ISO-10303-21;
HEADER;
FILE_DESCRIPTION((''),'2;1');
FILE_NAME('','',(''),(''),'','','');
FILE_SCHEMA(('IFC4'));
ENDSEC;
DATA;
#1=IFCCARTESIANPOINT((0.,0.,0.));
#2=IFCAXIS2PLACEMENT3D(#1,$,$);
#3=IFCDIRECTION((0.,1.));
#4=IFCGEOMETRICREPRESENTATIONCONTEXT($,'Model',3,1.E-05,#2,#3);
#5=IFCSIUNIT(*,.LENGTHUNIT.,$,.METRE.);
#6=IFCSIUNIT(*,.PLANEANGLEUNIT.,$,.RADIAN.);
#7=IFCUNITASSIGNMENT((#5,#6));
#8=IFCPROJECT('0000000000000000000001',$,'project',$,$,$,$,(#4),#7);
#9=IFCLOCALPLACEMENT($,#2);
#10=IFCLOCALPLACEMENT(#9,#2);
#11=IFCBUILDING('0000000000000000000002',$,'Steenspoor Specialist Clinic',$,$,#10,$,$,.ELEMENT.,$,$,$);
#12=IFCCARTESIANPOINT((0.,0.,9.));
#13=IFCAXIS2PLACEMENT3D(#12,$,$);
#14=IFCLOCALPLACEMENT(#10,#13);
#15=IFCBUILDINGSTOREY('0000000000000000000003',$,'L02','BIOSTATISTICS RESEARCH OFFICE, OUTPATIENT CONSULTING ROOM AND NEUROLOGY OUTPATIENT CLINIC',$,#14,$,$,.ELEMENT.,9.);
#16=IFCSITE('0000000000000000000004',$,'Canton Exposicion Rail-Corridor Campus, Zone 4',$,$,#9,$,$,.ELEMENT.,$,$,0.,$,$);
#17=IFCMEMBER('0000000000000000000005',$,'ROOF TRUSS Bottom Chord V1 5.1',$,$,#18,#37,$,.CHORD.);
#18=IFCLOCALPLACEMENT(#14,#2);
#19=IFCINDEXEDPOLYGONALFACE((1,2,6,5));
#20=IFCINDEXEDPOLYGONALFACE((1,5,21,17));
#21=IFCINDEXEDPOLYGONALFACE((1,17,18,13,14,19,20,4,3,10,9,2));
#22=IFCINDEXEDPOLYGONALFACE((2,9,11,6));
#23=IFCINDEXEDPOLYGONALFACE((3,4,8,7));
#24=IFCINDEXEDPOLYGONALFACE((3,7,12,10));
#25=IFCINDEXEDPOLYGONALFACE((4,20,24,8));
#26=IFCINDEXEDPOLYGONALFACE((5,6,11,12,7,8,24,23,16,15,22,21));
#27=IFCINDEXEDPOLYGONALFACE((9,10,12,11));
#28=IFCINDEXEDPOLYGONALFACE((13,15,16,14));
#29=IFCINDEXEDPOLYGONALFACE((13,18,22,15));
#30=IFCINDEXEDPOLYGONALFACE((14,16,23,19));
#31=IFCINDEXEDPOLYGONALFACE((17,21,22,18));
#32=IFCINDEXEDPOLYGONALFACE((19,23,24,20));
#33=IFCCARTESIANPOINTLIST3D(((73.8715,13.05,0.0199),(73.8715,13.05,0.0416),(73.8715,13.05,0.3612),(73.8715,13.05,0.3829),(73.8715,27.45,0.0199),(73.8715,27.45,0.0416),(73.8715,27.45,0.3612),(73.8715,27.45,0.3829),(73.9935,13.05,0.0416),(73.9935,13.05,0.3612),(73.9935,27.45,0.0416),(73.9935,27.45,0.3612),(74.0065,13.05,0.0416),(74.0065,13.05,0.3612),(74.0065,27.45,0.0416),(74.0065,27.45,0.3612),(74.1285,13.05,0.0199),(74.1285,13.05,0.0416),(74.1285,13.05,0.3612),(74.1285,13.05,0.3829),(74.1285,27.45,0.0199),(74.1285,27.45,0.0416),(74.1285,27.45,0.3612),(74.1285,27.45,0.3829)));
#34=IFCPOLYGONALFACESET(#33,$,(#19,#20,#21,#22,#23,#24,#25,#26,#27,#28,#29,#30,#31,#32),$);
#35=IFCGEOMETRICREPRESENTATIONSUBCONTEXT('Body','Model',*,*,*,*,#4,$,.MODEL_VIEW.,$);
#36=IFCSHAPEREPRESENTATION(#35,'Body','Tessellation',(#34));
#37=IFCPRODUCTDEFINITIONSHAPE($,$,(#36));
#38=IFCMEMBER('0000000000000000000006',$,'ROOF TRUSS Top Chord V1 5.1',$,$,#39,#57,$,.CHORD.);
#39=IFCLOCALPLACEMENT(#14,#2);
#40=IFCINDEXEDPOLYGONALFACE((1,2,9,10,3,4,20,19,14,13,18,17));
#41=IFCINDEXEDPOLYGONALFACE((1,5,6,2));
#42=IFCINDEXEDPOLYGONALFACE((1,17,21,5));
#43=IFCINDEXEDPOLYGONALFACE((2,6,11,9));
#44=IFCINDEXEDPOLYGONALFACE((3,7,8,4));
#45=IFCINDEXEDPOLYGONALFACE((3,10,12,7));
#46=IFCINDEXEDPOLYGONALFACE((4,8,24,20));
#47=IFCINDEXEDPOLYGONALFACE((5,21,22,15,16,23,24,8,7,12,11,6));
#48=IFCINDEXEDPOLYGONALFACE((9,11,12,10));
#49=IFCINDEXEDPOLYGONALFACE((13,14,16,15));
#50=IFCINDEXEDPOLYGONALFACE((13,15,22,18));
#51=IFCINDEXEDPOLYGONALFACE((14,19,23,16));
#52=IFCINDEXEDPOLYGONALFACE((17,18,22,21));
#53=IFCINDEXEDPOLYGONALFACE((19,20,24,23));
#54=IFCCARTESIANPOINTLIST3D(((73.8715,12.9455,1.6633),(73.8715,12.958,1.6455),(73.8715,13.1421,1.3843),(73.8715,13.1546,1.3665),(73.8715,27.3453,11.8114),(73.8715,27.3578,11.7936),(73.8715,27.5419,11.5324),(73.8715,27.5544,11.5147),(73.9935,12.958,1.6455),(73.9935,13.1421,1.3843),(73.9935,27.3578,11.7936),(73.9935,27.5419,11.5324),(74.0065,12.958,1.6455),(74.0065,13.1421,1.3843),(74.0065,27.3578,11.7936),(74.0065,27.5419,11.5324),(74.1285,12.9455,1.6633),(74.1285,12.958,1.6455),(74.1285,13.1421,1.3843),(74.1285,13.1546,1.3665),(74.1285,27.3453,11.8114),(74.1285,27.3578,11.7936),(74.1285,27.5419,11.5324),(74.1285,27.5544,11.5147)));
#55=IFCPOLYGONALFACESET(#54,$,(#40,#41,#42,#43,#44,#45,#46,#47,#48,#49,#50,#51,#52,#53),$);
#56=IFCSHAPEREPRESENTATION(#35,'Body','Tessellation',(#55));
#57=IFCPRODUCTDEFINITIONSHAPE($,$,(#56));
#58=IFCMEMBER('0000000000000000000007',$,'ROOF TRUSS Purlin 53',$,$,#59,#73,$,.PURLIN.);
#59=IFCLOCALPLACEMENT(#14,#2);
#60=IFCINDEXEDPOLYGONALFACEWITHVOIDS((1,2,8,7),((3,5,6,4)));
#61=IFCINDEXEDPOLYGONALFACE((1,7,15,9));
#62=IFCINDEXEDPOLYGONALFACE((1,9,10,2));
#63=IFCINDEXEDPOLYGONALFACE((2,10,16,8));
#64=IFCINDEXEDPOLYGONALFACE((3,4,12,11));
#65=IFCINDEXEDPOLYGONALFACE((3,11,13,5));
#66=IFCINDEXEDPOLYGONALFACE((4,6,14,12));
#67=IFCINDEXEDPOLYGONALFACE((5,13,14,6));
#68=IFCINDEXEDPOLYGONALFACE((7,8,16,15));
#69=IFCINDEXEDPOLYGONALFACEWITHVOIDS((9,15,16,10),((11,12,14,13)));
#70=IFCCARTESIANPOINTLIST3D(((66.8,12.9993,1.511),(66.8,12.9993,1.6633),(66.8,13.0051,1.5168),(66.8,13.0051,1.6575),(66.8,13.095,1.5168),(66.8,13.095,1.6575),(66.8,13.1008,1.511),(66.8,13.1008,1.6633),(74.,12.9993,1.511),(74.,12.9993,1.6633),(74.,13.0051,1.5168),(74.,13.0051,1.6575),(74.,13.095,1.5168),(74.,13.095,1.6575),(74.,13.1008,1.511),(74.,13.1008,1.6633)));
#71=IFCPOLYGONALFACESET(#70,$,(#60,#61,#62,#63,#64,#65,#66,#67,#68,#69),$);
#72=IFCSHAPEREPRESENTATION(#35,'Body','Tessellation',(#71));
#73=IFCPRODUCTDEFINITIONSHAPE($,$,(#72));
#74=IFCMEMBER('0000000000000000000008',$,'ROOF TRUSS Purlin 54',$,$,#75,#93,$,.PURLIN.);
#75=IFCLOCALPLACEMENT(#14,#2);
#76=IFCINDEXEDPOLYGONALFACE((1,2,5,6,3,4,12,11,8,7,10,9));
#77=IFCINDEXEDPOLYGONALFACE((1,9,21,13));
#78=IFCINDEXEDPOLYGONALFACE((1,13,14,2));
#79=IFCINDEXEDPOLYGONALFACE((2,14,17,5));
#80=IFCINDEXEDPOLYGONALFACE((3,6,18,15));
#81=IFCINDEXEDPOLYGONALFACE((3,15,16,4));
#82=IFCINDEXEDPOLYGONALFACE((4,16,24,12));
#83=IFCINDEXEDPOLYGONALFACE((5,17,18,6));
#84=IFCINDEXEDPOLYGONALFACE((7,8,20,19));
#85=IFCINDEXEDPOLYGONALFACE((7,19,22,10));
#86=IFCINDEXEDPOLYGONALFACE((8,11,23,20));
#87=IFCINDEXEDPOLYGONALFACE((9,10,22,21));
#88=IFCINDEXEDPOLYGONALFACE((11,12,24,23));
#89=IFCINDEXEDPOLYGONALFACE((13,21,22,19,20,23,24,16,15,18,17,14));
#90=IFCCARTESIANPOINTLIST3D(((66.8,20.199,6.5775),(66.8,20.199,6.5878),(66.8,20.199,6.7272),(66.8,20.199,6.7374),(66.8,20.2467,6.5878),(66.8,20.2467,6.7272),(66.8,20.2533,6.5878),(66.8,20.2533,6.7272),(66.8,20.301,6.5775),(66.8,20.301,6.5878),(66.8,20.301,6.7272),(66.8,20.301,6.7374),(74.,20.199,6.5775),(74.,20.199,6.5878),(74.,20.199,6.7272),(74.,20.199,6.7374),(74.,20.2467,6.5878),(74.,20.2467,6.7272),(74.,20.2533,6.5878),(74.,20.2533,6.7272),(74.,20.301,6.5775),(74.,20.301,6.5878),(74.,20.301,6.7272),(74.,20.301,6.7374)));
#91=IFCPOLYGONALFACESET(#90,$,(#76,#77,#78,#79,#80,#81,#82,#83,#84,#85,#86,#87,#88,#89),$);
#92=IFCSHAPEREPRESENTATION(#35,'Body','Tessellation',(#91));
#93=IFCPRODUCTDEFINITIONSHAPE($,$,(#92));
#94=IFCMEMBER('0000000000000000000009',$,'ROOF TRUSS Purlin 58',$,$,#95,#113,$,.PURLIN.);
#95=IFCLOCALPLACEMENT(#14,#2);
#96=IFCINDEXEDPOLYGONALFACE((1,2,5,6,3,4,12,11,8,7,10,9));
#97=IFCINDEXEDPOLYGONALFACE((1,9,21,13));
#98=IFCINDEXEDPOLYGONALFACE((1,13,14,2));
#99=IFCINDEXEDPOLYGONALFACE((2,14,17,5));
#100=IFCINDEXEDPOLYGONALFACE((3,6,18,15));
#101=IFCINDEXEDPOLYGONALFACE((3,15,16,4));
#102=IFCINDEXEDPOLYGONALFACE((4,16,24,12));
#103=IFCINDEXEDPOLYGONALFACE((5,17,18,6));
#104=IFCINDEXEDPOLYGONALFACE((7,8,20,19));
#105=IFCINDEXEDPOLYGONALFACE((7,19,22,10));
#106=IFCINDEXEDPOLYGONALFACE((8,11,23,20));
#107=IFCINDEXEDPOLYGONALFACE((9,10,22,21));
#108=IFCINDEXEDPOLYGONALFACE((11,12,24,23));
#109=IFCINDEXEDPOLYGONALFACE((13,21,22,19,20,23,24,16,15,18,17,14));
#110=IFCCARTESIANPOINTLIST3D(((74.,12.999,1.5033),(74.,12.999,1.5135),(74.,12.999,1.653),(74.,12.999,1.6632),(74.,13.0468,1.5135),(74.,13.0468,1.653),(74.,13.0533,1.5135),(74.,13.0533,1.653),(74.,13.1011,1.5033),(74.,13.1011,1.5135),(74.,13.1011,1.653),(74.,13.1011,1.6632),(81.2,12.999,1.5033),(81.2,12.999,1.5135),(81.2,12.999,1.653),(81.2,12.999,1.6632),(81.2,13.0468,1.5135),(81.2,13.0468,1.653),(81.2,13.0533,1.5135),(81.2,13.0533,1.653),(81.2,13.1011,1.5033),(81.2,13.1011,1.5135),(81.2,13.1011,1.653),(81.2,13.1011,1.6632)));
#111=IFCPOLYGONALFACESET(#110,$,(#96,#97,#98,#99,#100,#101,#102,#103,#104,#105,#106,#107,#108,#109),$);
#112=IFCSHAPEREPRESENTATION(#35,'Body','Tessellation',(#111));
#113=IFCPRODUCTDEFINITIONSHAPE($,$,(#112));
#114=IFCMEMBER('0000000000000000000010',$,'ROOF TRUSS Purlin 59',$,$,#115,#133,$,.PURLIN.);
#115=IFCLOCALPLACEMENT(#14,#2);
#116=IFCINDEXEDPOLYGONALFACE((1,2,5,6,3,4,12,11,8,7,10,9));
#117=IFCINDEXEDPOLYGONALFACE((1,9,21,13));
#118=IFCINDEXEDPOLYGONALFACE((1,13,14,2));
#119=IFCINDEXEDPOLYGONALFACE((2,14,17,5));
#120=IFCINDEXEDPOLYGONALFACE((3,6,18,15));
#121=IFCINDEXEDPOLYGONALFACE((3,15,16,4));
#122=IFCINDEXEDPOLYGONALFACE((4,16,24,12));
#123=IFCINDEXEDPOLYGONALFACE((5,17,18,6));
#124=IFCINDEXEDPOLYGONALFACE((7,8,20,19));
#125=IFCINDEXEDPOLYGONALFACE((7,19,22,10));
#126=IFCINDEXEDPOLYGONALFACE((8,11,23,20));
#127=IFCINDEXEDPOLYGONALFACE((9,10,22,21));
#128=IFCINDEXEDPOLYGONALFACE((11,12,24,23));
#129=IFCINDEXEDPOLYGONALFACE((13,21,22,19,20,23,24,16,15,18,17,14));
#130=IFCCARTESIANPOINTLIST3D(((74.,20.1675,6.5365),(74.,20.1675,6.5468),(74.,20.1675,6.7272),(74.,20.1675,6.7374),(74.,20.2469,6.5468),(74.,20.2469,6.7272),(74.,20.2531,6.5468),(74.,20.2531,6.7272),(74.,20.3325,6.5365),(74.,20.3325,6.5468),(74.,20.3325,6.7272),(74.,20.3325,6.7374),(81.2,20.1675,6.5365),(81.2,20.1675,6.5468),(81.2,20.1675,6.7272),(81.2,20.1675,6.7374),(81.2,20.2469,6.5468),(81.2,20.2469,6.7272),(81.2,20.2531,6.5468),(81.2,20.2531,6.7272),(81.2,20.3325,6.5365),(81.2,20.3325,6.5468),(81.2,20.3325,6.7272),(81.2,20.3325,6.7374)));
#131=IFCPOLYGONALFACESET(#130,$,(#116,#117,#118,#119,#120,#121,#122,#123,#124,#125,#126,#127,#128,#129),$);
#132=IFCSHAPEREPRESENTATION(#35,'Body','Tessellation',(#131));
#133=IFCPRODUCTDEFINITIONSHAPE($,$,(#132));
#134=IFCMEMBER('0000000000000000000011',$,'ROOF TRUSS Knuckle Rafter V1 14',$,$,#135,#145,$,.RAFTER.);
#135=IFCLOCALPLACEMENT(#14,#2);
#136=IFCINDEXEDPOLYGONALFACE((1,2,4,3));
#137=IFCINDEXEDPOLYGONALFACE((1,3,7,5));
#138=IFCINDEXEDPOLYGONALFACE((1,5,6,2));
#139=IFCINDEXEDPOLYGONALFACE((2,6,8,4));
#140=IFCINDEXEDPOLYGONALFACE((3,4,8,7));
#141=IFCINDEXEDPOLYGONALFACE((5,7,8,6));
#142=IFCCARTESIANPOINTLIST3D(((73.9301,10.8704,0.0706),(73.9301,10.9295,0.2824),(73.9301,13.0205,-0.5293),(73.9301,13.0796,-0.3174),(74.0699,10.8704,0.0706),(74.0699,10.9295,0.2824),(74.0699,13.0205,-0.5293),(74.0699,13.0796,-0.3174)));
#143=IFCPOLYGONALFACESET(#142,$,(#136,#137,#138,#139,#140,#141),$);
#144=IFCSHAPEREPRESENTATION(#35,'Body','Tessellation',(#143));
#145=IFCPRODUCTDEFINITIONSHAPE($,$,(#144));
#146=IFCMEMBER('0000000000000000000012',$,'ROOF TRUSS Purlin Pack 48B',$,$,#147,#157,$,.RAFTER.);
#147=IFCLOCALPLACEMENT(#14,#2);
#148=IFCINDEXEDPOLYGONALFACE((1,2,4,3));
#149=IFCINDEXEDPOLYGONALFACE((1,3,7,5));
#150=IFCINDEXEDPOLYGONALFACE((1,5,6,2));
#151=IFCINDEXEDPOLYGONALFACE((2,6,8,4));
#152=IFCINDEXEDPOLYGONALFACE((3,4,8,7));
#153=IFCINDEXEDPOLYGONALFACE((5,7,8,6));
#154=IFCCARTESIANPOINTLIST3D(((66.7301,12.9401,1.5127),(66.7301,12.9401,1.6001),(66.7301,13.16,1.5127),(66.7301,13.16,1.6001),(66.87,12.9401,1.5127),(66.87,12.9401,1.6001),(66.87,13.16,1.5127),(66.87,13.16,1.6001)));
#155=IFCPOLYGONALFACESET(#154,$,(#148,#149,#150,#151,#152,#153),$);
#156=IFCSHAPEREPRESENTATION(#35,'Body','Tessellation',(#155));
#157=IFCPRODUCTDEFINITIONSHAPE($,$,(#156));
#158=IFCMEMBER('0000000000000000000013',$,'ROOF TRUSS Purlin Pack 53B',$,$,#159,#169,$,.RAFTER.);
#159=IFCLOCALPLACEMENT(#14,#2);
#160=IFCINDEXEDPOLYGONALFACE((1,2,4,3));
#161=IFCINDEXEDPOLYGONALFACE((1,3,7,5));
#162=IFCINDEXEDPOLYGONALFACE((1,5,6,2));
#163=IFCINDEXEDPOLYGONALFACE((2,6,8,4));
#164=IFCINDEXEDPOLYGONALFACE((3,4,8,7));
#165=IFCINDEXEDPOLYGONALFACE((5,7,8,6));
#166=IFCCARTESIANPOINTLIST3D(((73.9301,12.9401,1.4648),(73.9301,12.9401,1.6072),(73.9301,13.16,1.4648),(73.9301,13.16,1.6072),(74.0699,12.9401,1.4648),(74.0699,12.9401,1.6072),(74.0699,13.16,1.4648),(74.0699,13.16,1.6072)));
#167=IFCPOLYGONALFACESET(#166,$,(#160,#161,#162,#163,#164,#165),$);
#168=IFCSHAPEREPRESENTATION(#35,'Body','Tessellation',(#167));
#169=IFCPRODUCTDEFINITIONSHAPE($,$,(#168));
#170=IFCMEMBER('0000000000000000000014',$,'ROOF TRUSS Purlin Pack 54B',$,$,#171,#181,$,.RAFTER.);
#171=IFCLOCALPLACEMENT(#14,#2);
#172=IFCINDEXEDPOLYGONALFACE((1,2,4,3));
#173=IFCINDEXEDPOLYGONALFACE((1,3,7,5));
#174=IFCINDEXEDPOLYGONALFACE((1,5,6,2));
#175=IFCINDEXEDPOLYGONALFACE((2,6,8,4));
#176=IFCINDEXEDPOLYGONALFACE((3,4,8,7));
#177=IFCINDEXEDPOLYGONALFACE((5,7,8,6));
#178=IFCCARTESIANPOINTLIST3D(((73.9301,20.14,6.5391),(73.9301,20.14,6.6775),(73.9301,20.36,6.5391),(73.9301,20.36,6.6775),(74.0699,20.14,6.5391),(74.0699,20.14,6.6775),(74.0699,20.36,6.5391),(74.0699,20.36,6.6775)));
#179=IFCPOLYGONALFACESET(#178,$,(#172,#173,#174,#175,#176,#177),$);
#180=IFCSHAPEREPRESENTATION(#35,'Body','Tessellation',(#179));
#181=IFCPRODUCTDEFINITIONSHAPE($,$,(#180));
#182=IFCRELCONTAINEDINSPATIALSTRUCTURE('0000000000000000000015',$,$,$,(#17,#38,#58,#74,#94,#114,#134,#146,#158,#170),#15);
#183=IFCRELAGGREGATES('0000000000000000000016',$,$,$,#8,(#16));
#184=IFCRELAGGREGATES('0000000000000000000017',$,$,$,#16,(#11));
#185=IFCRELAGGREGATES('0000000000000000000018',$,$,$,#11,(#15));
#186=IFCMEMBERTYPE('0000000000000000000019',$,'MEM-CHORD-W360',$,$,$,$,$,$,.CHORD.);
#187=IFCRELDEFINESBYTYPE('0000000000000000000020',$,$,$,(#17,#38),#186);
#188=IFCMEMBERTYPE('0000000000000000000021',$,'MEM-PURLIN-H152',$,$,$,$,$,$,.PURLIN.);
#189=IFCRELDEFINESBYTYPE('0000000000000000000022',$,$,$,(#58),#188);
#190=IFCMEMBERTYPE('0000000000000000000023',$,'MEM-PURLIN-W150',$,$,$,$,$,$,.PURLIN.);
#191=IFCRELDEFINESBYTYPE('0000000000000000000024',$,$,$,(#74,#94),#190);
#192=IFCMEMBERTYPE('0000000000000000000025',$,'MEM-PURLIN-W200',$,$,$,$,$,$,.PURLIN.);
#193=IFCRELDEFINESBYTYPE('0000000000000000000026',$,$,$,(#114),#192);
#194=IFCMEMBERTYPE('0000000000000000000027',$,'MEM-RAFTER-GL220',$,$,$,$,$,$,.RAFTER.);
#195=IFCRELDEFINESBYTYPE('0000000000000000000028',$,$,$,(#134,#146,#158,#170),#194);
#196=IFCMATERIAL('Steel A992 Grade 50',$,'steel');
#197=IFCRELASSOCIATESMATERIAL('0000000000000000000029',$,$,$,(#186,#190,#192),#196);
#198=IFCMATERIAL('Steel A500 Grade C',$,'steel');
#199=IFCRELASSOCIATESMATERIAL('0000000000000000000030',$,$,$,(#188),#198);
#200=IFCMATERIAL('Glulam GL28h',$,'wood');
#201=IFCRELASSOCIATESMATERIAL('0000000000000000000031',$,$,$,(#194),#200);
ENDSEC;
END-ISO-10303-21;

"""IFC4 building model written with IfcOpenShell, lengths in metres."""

from ifc_helpers import new_model, si_unit, direction, frame, origin, origin_2d, place, context, subcontext, project, spatial, rectangle, hollow_rectangle, i_section, extrude, material, material_profile, profile_set, type_object, element, save


model = new_model("IFC4")

# Units and contexts
model_context = context("Model", 3, precision=1e-05, world=origin(), true_north=direction((0.0, 1.0)))
body_context = subcontext(model_context, "Body", "Model", "MODEL_VIEW")
ifc_project = project(units=[si_unit("LENGTHUNIT", "METRE"), si_unit("PLANEANGLEUNIT", "RADIAN")], contexts=[model_context])

# Site, building, storey
site_placement = place(None, origin())
site = spatial("IfcSite", under=ifc_project, at=site_placement, Name="Canton Exposicion Rail-Corridor Campus, Zone 4", CompositionType="ELEMENT", RefElevation=0.0)
building_placement = place(site_placement, origin())
building = spatial("IfcBuilding", under=site, at=building_placement, Name="Steenspoor Specialist Clinic", CompositionType="ELEMENT")
storey_placement = place(building_placement, frame((0.0, 0.0, 9.0)))
storey = spatial("IfcBuildingStorey", under=building, at=storey_placement, Name="L02", Description="BIOSTATISTICS RESEARCH OFFICE, OUTPATIENT CONSULTING ROOM AND NEUROLOGY OUTPATIENT CLINIC", CompositionType="ELEMENT", Elevation=9.0)

# Shared definitions
ifc_material_1 = material(Name="Steel A992 Grade 50", Category="steel")

# Members
ifc_material_2 = material(Name="Steel A500 Grade C", Category="steel")
ifc_material_profile_1 = material_profile(ifc_material_1, i_section(OverallWidth=0.2571, OverallDepth=0.363, WebThickness=0.0129, FlangeThickness=0.0217, at=origin_2d()), Name="W360X122")
ifc_profile_set_1 = profile_set([ifc_material_profile_1], Name="Steel A992 Grade 50")
member_type_1 = type_object("IfcMemberType", Name="MEM-CHORD-W360", PredefinedType="CHORD", material=ifc_profile_set_1)
member_1_placement = place(storey_placement, frame((74.0, 13.05, 0.2014), z_axis=(0.0, 1.0, 0.0), x_axis=(-1.0, 0.0, 0.0)))
element("IfcMember", 1, at=member_1_placement, inside=storey, type_object=member_type_1, Name="ROOF TRUSS Bottom Chord V1 5.1", PredefinedType="CHORD", context=body_context, shape_type="SweptSolid", body=[
    extrude(i_section(OverallWidth=0.2571, OverallDepth=0.363, WebThickness=0.0129, FlangeThickness=0.0217, at=origin_2d()), origin(), (0.0, 0.0, 1.0), 14.3999),
])
member_2_placement = place(storey_placement, frame((74.0, 13.05, 1.5149), z_axis=(0.0, 0.817407, 0.57606), x_axis=(-1.0, 0.0, 0.0)))
element("IfcMember", 2, at=member_2_placement, inside=storey, type_object=member_type_1, Name="ROOF TRUSS Top Chord V1 5.1", PredefinedType="CHORD", context=body_context, shape_type="SweptSolid", body=[
    extrude(i_section(OverallWidth=0.2571, OverallDepth=0.363, WebThickness=0.0129, FlangeThickness=0.0217, at=origin_2d()), origin(), (0.0, 0.0, 1.0), 17.6165),
])
ifc_material_profile_2 = material_profile(ifc_material_2, hollow_rectangle(XDim=0.1016, YDim=0.1523, WallThickness=0.0059, at=origin_2d()), Name="HSS152X102X6.4")
ifc_profile_set_2 = profile_set([ifc_material_profile_2], Name="Steel A500 Grade C")
member_type_2 = type_object("IfcMemberType", Name="MEM-PURLIN-H152", PredefinedType="PURLIN", material=ifc_profile_set_2)
member_3_placement = place(storey_placement, frame((66.8, 13.05, 1.5872), z_axis=(1.0, 0.0, 0.0), x_axis=(0.0, 1.0, 0.0)))
element("IfcMember", 3, at=member_3_placement, inside=storey, type_object=member_type_2, Name="ROOF TRUSS Purlin 53", PredefinedType="PURLIN", context=body_context, shape_type="SweptSolid", body=[
    extrude(hollow_rectangle(XDim=0.1016, YDim=0.1523, WallThickness=0.0059, at=origin_2d()), origin(), (0.0, 0.0, 1.0), 7.2),
])
ifc_material_profile_3 = material_profile(ifc_material_1, i_section(OverallWidth=0.1021, OverallDepth=0.1599, WebThickness=0.0066, FlangeThickness=0.0103, at=origin_2d()), Name="W150X24")
ifc_profile_set_3 = profile_set([ifc_material_profile_3], Name="Steel A992 Grade 50")
member_type_3 = type_object("IfcMemberType", Name="MEM-PURLIN-W150", PredefinedType="PURLIN", material=ifc_profile_set_3)
for number, where, z_axis, x_axis, name in (
    (4, (66.8, 20.25, 6.6575), (1.0, 0.0, 0.0), (0.0, 1.0, 0.0), "ROOF TRUSS Purlin 54"),
    (5, (74.0, 13.05, 1.5833), (1.0, 0.0, 0.0), (0.0, 1.0, 0.0), "ROOF TRUSS Purlin 58"),
):
    element("IfcMember", number, at=place(storey_placement, frame(where, z_axis=z_axis, x_axis=x_axis)), inside=storey, type_object=member_type_3, Name=name, PredefinedType="PURLIN", context=body_context, shape_type="SweptSolid", body=[
        extrude(i_section(OverallWidth=0.1021, OverallDepth=0.1599, WebThickness=0.0066, FlangeThickness=0.0103, at=origin_2d()), origin(), (0.0, 0.0, 1.0), 7.2),
    ])
ifc_material_profile_4 = material_profile(ifc_material_1, i_section(OverallWidth=0.165, OverallDepth=0.2009, WebThickness=0.0061, FlangeThickness=0.0103, at=origin_2d()), Name="W200X36")
ifc_profile_set_4 = profile_set([ifc_material_profile_4], Name="Steel A992 Grade 50")
member_type_4 = type_object("IfcMemberType", Name="MEM-PURLIN-W200", PredefinedType="PURLIN", material=ifc_profile_set_4)
member_4_placement = place(storey_placement, frame((74.0, 20.25, 6.637), z_axis=(1.0, 0.0, 0.0), x_axis=(0.0, 1.0, 0.0)))
element("IfcMember", 6, at=member_4_placement, inside=storey, type_object=member_type_4, Name="ROOF TRUSS Purlin 59", PredefinedType="PURLIN", context=body_context, shape_type="SweptSolid", body=[
    extrude(i_section(OverallWidth=0.165, OverallDepth=0.2009, WebThickness=0.0061, FlangeThickness=0.0103, at=origin_2d()), origin(), (0.0, 0.0, 1.0), 7.2),
])
ifc_material_3 = material(Name="Glulam GL28h", Category="wood")
ifc_material_profile_5 = material_profile(ifc_material_3, rectangle(XDim=0.1399, YDim=0.22, at=origin_2d()), Name="GL28H-140X220")
ifc_profile_set_5 = profile_set([ifc_material_profile_5], Name="Glulam GL28h")
member_type_5 = type_object("IfcMemberType", Name="MEM-RAFTER-GL220", PredefinedType="RAFTER", material=ifc_profile_set_5)
member_5_placement = place(storey_placement, frame((74.0, 13.05, -0.4233), z_axis=(0.0, -0.963218, 0.268721), x_axis=(1.0, 0.0, 0.0)))
element("IfcMember", 7, at=member_5_placement, inside=storey, type_object=member_type_5, Name="ROOF TRUSS Knuckle Rafter V1 14", PredefinedType="RAFTER", context=body_context, shape_type="SweptSolid", body=[
    extrude(rectangle(XDim=0.1399, YDim=0.22, at=origin_2d()), origin(), (0.0, 0.0, 1.0), 2.2322),
])
member_6_placement = place(storey_placement, frame((66.8, 13.05, 1.5127), z_axis=(0.0, 0.0, 1.0), x_axis=(1.0, 0.0, 0.0)))
element("IfcMember", 8, at=member_6_placement, inside=storey, type_object=member_type_5, Name="ROOF TRUSS Purlin Pack 48B", PredefinedType="RAFTER", context=body_context, shape_type="SweptSolid", body=[
    extrude(rectangle(XDim=0.1399, YDim=0.22, at=origin_2d()), origin(), (0.0, 0.0, 1.0), 0.0874),
])
member_7_placement = place(storey_placement, frame((74.0, 13.05, 1.4648), z_axis=(0.0, 0.0, 1.0), x_axis=(1.0, 0.0, 0.0)))
element("IfcMember", 9, at=member_7_placement, inside=storey, type_object=member_type_5, Name="ROOF TRUSS Purlin Pack 53B", PredefinedType="RAFTER", context=body_context, shape_type="SweptSolid", body=[
    extrude(rectangle(XDim=0.1399, YDim=0.22, at=origin_2d()), origin(), (0.0, 0.0, 1.0), 0.1423),
])
member_8_placement = place(storey_placement, frame((74.0, 20.25, 6.5391), z_axis=(0.0, 0.0, 1.0), x_axis=(1.0, 0.0, 0.0)))
element("IfcMember", 10, at=member_8_placement, inside=storey, type_object=member_type_5, Name="ROOF TRUSS Purlin Pack 54B", PredefinedType="RAFTER", context=body_context, shape_type="SweptSolid", body=[
    extrude(rectangle(XDim=0.1399, YDim=0.22, at=origin_2d()), origin(), (0.0, 0.0, 1.0), 0.1384),
])

save(model, "model.ifc")
